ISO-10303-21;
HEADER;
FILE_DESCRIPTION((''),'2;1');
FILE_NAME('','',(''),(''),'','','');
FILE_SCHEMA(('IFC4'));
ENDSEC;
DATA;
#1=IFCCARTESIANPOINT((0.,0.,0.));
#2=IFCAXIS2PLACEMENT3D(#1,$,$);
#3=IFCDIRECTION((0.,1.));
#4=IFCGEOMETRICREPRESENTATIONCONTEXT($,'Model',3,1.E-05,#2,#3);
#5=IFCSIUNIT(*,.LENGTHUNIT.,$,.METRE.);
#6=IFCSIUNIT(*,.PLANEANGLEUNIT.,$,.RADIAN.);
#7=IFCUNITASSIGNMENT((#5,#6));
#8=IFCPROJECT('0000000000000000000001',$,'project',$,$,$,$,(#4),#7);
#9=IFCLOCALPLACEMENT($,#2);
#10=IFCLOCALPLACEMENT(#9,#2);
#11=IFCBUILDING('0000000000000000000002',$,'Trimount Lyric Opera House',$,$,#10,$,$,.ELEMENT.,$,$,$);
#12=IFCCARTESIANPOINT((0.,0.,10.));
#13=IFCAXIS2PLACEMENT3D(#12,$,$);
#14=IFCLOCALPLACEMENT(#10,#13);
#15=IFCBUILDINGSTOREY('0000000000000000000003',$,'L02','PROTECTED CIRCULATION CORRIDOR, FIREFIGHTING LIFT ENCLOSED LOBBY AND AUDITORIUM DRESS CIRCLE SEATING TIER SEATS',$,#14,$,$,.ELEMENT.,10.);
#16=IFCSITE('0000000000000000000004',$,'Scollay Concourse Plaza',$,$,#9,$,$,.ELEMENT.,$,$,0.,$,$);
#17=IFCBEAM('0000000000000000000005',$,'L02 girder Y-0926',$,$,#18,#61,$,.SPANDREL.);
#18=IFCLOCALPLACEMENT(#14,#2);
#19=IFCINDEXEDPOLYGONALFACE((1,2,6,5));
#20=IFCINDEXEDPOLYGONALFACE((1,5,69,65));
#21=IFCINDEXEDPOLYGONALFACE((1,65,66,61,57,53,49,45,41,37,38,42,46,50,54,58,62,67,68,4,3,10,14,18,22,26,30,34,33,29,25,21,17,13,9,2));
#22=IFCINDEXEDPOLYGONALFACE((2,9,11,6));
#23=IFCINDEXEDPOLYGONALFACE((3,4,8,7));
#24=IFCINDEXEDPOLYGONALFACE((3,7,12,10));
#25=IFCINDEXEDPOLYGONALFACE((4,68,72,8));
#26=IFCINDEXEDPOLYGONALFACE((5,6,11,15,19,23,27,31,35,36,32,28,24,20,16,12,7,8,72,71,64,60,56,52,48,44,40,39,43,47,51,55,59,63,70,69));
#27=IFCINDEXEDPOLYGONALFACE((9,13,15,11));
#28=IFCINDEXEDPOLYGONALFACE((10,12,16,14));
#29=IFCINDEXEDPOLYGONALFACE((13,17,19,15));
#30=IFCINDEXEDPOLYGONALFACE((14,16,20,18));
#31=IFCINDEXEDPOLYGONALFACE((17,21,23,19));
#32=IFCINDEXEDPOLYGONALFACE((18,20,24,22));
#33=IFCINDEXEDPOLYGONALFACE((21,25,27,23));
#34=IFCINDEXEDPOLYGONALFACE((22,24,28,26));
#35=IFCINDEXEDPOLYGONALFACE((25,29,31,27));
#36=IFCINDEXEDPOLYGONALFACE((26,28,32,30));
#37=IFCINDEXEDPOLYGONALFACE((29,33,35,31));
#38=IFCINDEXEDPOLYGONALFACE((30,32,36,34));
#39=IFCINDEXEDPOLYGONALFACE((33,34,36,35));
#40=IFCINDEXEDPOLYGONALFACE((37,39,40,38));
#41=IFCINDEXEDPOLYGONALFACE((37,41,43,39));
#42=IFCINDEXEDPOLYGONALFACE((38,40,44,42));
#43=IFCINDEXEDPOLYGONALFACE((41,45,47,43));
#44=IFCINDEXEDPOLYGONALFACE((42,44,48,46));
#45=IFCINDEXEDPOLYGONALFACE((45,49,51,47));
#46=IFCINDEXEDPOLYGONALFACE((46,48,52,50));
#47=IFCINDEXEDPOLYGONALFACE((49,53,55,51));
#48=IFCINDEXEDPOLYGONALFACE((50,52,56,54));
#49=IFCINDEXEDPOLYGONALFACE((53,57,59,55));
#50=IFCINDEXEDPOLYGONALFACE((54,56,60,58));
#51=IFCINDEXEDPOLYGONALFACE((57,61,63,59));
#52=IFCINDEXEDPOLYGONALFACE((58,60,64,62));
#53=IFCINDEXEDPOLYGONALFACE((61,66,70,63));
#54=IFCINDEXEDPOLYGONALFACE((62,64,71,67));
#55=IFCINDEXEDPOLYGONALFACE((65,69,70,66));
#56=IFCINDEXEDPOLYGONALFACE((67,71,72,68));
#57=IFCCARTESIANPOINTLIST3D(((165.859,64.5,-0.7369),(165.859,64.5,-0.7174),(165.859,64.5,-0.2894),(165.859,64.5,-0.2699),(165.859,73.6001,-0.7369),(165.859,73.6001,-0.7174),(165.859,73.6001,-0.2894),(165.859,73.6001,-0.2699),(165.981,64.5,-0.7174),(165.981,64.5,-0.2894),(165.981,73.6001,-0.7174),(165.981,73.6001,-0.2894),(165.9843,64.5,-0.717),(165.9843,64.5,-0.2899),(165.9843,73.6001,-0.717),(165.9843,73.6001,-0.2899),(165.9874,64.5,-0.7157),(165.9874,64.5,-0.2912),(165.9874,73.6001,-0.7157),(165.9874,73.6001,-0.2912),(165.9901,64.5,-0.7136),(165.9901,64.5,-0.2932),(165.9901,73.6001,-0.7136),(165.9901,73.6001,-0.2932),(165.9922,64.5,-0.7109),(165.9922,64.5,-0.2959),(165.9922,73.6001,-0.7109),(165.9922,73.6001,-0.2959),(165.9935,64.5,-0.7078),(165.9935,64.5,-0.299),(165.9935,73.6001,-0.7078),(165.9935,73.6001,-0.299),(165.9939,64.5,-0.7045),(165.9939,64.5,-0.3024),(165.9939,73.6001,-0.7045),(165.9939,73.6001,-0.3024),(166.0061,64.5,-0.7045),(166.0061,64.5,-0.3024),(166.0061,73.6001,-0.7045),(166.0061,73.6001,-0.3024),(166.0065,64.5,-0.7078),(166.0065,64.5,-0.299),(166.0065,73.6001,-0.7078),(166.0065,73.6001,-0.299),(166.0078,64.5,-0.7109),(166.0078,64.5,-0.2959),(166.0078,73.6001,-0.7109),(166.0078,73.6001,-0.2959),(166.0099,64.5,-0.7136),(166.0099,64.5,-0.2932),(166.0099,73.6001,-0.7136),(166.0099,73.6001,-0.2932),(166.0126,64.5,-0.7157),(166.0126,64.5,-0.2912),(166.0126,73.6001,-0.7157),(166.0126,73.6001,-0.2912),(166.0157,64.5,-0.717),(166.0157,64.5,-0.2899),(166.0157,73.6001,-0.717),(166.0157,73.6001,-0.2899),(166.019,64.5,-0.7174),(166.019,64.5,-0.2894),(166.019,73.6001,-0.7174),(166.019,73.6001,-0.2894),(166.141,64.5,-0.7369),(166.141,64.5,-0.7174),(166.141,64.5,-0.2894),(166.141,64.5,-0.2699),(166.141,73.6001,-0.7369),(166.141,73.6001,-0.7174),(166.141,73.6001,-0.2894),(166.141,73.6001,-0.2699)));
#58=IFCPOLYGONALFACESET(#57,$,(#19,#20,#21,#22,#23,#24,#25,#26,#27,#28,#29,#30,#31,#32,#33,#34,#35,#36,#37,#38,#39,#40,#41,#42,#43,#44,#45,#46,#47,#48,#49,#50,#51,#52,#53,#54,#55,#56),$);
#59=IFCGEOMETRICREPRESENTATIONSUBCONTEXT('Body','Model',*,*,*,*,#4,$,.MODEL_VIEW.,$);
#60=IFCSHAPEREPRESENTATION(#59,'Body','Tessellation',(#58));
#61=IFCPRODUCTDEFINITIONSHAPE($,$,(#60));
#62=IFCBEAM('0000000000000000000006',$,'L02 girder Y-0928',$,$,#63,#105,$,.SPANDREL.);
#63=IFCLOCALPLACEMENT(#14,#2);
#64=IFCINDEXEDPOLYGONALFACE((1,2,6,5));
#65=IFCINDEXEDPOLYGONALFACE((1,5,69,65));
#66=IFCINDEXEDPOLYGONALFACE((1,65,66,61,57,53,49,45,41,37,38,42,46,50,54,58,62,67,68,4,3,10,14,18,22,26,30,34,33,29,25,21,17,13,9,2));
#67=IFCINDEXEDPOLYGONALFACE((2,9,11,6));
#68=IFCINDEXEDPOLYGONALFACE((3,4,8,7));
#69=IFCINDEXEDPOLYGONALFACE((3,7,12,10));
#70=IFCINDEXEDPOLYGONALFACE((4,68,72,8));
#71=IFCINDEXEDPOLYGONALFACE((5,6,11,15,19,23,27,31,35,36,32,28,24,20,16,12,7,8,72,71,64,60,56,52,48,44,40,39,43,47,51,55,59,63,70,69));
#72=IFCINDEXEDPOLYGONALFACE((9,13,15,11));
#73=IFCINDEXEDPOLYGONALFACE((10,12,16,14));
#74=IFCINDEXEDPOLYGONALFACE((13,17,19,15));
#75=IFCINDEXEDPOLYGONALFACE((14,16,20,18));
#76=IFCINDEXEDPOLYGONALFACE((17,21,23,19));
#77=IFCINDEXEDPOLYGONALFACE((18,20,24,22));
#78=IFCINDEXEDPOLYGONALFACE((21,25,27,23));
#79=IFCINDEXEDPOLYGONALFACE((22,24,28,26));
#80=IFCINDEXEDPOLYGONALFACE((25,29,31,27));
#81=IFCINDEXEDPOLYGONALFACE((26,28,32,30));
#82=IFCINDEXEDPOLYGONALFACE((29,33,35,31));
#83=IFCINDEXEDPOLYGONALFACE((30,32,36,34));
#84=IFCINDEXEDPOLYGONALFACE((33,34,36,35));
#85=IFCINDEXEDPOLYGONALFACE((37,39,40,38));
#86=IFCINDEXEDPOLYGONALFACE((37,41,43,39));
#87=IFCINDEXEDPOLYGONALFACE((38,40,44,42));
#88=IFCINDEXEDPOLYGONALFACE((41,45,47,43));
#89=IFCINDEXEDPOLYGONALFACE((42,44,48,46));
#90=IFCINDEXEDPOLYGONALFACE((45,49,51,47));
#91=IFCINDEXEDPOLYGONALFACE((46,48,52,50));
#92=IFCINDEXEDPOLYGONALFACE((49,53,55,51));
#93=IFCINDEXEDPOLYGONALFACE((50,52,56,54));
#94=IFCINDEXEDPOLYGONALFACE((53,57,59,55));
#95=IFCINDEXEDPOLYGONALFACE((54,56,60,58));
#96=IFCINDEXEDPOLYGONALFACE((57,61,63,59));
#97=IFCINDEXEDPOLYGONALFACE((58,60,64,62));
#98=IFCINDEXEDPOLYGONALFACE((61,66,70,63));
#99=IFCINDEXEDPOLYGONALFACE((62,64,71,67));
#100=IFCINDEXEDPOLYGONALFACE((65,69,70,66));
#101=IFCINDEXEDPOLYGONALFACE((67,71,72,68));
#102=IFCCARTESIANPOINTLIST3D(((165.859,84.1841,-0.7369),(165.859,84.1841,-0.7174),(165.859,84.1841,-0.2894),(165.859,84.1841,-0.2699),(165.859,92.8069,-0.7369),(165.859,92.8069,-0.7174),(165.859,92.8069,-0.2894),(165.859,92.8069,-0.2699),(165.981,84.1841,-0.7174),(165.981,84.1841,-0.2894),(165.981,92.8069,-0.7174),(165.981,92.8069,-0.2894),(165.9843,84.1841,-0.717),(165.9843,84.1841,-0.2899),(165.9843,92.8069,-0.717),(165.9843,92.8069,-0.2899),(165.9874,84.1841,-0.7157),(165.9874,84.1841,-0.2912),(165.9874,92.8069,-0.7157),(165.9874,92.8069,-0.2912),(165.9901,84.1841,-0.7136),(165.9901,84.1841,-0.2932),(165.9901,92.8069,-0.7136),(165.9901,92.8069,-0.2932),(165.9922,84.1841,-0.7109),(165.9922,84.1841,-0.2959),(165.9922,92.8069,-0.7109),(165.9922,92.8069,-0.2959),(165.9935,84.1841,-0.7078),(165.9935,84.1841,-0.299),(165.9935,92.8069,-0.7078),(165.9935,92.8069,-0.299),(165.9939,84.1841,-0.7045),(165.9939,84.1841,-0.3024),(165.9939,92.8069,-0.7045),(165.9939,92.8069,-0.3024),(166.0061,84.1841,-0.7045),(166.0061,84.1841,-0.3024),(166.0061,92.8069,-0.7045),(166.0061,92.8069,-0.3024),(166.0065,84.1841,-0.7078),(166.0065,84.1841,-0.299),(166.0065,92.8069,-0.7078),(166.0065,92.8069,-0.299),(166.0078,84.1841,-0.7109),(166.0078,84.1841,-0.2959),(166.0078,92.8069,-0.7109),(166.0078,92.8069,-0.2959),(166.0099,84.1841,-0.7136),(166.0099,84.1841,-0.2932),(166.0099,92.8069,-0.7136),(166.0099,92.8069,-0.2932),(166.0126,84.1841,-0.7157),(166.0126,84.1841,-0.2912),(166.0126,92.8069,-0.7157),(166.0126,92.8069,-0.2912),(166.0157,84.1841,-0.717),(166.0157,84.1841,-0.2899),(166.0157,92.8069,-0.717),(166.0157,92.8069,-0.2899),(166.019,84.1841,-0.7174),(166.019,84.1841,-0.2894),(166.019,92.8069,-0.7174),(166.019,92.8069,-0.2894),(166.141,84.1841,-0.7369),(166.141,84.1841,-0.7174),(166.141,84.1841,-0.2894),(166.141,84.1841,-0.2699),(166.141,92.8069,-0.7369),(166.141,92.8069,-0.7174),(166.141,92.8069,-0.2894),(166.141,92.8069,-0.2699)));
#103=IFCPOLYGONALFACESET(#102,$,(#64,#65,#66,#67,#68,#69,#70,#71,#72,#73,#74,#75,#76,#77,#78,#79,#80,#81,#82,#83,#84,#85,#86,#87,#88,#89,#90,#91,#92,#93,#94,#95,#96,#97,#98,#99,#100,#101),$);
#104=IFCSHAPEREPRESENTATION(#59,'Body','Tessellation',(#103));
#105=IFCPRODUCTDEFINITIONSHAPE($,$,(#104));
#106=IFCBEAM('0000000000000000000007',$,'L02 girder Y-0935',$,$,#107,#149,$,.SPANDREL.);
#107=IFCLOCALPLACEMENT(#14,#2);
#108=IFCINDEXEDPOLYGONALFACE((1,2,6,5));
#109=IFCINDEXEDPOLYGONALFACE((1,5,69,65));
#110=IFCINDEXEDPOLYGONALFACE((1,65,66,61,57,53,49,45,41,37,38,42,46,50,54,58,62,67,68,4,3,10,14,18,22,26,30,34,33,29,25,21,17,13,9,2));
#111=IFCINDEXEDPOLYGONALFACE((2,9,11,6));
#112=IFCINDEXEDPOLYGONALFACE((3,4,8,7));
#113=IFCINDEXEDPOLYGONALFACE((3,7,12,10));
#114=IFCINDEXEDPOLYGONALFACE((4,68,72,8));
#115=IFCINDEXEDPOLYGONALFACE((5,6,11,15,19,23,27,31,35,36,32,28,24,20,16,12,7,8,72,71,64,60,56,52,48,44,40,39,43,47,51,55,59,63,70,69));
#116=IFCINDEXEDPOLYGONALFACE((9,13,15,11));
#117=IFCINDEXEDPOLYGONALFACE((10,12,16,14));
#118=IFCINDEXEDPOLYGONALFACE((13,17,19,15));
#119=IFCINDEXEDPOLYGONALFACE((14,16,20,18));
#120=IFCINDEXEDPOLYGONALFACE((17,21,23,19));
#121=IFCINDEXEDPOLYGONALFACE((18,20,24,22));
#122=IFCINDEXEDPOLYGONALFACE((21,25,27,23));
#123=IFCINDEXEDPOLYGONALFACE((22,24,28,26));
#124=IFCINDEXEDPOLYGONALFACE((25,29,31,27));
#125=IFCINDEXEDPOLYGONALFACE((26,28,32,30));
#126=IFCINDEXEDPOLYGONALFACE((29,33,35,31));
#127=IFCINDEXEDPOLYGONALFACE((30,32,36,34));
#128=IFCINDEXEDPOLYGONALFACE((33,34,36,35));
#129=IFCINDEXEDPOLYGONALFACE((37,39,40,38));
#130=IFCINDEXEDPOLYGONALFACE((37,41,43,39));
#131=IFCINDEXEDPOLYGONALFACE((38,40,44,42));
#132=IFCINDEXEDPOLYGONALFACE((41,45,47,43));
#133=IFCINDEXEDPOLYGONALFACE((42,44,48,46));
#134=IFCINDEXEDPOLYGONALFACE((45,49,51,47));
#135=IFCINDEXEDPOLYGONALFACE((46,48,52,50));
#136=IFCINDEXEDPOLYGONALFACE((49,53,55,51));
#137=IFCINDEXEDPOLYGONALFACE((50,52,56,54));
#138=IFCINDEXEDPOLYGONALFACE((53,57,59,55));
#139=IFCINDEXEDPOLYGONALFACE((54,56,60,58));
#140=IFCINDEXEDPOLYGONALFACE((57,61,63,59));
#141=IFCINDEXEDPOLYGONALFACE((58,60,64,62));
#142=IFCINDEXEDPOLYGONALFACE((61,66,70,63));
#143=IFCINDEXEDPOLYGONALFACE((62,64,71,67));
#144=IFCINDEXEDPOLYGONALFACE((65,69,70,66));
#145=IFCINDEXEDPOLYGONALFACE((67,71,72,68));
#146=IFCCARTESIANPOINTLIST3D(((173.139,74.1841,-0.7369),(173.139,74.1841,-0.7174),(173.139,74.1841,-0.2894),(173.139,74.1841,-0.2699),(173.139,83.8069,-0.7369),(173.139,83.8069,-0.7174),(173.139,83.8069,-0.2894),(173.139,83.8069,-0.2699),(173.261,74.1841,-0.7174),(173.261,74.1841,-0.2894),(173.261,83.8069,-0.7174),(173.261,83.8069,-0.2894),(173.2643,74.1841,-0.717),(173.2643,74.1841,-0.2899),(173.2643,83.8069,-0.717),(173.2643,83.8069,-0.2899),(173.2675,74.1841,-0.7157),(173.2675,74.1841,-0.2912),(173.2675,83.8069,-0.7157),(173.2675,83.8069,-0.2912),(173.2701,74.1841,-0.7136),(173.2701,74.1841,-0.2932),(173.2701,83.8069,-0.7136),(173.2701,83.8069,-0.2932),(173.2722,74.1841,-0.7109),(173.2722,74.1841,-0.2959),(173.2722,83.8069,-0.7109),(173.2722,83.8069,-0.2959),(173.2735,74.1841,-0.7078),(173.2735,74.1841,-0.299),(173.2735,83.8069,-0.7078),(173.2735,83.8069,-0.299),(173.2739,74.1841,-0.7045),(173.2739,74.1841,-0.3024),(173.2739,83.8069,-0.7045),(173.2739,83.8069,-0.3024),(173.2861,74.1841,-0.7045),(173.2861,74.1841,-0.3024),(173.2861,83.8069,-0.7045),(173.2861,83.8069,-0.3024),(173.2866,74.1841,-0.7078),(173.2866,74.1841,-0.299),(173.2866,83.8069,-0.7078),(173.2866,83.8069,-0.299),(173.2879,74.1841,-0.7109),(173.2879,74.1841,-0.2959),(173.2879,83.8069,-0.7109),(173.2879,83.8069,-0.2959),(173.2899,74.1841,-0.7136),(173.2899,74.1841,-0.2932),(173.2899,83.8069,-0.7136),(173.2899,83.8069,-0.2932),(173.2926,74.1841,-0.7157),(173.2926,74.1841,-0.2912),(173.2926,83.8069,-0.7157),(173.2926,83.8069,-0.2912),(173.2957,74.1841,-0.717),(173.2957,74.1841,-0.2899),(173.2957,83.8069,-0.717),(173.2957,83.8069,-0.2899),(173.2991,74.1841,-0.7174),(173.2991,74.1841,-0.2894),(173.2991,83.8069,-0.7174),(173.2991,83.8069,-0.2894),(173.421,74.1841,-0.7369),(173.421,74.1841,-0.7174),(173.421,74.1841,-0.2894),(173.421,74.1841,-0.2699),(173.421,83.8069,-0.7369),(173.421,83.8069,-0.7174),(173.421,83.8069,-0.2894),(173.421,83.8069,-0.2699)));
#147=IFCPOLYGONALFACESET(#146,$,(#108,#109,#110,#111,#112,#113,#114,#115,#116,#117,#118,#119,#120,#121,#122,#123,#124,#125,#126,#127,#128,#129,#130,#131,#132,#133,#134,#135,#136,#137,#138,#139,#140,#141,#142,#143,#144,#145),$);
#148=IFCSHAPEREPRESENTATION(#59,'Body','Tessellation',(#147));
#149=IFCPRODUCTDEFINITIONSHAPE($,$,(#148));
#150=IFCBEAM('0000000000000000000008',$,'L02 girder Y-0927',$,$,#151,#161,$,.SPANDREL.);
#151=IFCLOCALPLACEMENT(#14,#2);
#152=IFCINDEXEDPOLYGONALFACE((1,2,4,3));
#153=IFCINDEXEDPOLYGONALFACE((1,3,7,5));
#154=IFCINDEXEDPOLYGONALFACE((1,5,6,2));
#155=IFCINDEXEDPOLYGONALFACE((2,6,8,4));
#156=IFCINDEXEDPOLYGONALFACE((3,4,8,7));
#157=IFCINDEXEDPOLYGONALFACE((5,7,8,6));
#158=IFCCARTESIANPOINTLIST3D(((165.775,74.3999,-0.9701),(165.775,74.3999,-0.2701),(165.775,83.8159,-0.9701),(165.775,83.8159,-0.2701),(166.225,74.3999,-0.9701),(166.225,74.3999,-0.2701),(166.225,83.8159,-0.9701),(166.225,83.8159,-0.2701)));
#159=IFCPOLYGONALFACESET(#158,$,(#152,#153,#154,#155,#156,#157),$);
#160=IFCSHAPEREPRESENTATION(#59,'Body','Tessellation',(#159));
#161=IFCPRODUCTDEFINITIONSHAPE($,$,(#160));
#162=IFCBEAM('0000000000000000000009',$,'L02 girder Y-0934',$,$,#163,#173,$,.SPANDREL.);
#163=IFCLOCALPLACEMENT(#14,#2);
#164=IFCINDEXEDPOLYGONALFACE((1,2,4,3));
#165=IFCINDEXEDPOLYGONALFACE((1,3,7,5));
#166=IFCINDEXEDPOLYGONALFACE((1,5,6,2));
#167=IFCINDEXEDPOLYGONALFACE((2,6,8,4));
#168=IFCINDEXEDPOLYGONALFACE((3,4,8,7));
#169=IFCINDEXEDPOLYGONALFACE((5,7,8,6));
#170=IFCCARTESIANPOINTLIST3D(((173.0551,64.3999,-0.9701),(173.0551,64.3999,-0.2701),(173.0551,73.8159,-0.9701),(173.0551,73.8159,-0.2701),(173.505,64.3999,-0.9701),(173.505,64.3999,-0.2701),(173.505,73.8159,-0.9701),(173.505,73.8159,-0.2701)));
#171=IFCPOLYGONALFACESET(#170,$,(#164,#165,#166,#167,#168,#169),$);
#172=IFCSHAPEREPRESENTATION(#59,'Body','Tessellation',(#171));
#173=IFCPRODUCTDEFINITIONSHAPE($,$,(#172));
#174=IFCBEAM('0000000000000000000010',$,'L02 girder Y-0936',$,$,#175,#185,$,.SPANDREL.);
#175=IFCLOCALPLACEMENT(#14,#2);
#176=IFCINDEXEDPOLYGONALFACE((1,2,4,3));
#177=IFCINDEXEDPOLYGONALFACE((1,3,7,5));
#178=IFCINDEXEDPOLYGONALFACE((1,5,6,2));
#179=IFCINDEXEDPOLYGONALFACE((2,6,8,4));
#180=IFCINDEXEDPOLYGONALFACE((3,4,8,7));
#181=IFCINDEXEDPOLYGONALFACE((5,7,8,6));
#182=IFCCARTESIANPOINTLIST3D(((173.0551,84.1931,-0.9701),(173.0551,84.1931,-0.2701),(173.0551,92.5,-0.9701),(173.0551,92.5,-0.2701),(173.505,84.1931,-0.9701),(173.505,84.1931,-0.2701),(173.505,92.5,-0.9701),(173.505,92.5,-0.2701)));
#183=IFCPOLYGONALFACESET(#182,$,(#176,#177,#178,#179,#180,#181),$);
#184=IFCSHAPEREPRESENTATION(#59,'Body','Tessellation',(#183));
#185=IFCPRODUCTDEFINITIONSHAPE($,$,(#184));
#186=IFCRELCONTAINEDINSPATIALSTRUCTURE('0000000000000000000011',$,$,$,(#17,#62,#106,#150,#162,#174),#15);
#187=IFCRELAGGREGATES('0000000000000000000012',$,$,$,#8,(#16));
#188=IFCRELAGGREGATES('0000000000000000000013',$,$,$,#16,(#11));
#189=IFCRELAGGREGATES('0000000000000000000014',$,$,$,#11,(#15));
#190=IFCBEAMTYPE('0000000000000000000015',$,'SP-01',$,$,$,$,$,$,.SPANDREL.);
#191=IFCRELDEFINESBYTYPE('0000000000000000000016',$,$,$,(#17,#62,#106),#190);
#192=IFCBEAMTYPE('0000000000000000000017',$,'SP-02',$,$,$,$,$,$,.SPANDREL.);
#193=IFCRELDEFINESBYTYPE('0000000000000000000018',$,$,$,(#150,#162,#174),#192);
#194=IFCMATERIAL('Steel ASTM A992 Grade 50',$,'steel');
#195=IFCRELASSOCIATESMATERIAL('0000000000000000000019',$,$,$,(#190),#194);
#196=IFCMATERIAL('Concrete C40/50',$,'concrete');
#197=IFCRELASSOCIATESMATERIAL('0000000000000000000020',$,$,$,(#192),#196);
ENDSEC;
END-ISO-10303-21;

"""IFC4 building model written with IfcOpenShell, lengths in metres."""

from ifc_helpers import new_model, si_unit, direction, frame, origin, origin_2d, place, context, subcontext, project, spatial, rectangle, i_section, extrude, material, material_profile, profile_set, type_object, element, save


model = new_model("IFC4")

# Units and contexts
model_context = context("Model", 3, precision=1e-05, world=origin(), true_north=direction((0.0, 1.0)))
body_context = subcontext(model_context, "Body", "Model", "MODEL_VIEW")
ifc_project = project(units=[si_unit("LENGTHUNIT", "METRE"), si_unit("PLANEANGLEUNIT", "RADIAN")], contexts=[model_context])

# Site, building, storey
site_placement = place(None, origin())
site = spatial("IfcSite", under=ifc_project, at=site_placement, Name="Scollay Concourse Plaza", CompositionType="ELEMENT", RefElevation=0.0)
building_placement = place(site_placement, origin())
building = spatial("IfcBuilding", under=site, at=building_placement, Name="Trimount Lyric Opera House", CompositionType="ELEMENT")
storey_placement = place(building_placement, frame((0.0, 0.0, 10.0)))
storey = spatial("IfcBuildingStorey", under=building, at=storey_placement, Name="L02", Description="PROTECTED CIRCULATION CORRIDOR, FIREFIGHTING LIFT ENCLOSED LOBBY AND AUDITORIUM DRESS CIRCLE SEATING TIER SEATS", CompositionType="ELEMENT", Elevation=10.0)

# Beams
ifc_material_1 = material(Name="Steel ASTM A992 Grade 50", Category="steel")
ifc_material_profile_1 = material_profile(ifc_material_1, i_section(OverallWidth=0.282, OverallDepth=0.467, WebThickness=0.0122, FlangeThickness=0.0195, FilletRadius=0.0129, at=origin_2d()), Name="W18X86")
ifc_profile_set_1 = profile_set([ifc_material_profile_1], Name="Steel ASTM A992 Grade 50")
beam_type_1 = type_object("IfcBeamType", Name="SP-01", PredefinedType="SPANDREL", material=ifc_profile_set_1)
beam_1_placement = place(storey_placement, frame((166.0, 64.5, -0.5034), z_axis=(0.0, 1.0, 0.0), x_axis=(-1.0, 0.0, 0.0)))
element("IfcBeam", 1, at=beam_1_placement, inside=storey, type_object=beam_type_1, Name="L02 girder Y-0926", PredefinedType="SPANDREL", context=body_context, shape_type="SweptSolid", body=[
    extrude(i_section(OverallWidth=0.282, OverallDepth=0.467, WebThickness=0.0122, FlangeThickness=0.0195, FilletRadius=0.0129, at=origin_2d()), origin(), (0.0, 0.0, 1.0), 9.1001),
])
beam_2_placement = place(storey_placement, frame((166.0, 84.1841, -0.5034), z_axis=(0.0, 1.0, 0.0), x_axis=(-1.0, 0.0, 0.0)))
element("IfcBeam", 2, at=beam_2_placement, inside=storey, type_object=beam_type_1, Name="L02 girder Y-0928", PredefinedType="SPANDREL", context=body_context, shape_type="SweptSolid", body=[
    extrude(i_section(OverallWidth=0.282, OverallDepth=0.467, WebThickness=0.0122, FlangeThickness=0.0195, FilletRadius=0.0129, at=origin_2d()), origin(), (0.0, 0.0, 1.0), 8.6228),
])
beam_3_placement = place(storey_placement, frame((173.28, 74.1841, -0.5034), z_axis=(0.0, 1.0, 0.0), x_axis=(-1.0, 0.0, 0.0)))
element("IfcBeam", 3, at=beam_3_placement, inside=storey, type_object=beam_type_1, Name="L02 girder Y-0935", PredefinedType="SPANDREL", context=body_context, shape_type="SweptSolid", body=[
    extrude(i_section(OverallWidth=0.282, OverallDepth=0.467, WebThickness=0.0122, FlangeThickness=0.0195, FilletRadius=0.0129, at=origin_2d()), origin(), (0.0, 0.0, 1.0), 9.6228),
])
ifc_material_2 = material(Name="Concrete C40/50", Category="concrete")
ifc_material_profile_2 = material_profile(ifc_material_2, rectangle(XDim=0.45, YDim=0.7, at=origin_2d()), Name="RC450X700")
ifc_profile_set_2 = profile_set([ifc_material_profile_2], Name="Concrete C40/50")
beam_type_2 = type_object("IfcBeamType", Name="SP-02", PredefinedType="SPANDREL", material=ifc_profile_set_2)
for number, where, z_axis, x_axis, name in (
    (4, (166.0, 74.3999, -0.6201), (0.0, 1.0, 0.0), (-1.0, 0.0, 0.0), "L02 girder Y-0927"),
    (5, (173.28, 64.3999, -0.6201), (0.0, 1.0, 0.0), (-1.0, 0.0, 0.0), "L02 girder Y-0934"),
):
    element("IfcBeam", number, at=place(storey_placement, frame(where, z_axis=z_axis, x_axis=x_axis)), inside=storey, type_object=beam_type_2, Name=name, PredefinedType="SPANDREL", context=body_context, shape_type="SweptSolid", body=[
        extrude(rectangle(XDim=0.45, YDim=0.7, at=origin_2d()), origin(), (0.0, 0.0, 1.0), 9.416),
    ])
beam_4_placement = place(storey_placement, frame((173.28, 84.1931, -0.6201), z_axis=(0.0, 1.0, 0.0), x_axis=(-1.0, 0.0, 0.0)))
element("IfcBeam", 6, at=beam_4_placement, inside=storey, type_object=beam_type_2, Name="L02 girder Y-0936", PredefinedType="SPANDREL", context=body_context, shape_type="SweptSolid", body=[
    extrude(rectangle(XDim=0.45, YDim=0.7, at=origin_2d()), origin(), (0.0, 0.0, 1.0), 8.3069),
])

save(model, "model.ifc")
